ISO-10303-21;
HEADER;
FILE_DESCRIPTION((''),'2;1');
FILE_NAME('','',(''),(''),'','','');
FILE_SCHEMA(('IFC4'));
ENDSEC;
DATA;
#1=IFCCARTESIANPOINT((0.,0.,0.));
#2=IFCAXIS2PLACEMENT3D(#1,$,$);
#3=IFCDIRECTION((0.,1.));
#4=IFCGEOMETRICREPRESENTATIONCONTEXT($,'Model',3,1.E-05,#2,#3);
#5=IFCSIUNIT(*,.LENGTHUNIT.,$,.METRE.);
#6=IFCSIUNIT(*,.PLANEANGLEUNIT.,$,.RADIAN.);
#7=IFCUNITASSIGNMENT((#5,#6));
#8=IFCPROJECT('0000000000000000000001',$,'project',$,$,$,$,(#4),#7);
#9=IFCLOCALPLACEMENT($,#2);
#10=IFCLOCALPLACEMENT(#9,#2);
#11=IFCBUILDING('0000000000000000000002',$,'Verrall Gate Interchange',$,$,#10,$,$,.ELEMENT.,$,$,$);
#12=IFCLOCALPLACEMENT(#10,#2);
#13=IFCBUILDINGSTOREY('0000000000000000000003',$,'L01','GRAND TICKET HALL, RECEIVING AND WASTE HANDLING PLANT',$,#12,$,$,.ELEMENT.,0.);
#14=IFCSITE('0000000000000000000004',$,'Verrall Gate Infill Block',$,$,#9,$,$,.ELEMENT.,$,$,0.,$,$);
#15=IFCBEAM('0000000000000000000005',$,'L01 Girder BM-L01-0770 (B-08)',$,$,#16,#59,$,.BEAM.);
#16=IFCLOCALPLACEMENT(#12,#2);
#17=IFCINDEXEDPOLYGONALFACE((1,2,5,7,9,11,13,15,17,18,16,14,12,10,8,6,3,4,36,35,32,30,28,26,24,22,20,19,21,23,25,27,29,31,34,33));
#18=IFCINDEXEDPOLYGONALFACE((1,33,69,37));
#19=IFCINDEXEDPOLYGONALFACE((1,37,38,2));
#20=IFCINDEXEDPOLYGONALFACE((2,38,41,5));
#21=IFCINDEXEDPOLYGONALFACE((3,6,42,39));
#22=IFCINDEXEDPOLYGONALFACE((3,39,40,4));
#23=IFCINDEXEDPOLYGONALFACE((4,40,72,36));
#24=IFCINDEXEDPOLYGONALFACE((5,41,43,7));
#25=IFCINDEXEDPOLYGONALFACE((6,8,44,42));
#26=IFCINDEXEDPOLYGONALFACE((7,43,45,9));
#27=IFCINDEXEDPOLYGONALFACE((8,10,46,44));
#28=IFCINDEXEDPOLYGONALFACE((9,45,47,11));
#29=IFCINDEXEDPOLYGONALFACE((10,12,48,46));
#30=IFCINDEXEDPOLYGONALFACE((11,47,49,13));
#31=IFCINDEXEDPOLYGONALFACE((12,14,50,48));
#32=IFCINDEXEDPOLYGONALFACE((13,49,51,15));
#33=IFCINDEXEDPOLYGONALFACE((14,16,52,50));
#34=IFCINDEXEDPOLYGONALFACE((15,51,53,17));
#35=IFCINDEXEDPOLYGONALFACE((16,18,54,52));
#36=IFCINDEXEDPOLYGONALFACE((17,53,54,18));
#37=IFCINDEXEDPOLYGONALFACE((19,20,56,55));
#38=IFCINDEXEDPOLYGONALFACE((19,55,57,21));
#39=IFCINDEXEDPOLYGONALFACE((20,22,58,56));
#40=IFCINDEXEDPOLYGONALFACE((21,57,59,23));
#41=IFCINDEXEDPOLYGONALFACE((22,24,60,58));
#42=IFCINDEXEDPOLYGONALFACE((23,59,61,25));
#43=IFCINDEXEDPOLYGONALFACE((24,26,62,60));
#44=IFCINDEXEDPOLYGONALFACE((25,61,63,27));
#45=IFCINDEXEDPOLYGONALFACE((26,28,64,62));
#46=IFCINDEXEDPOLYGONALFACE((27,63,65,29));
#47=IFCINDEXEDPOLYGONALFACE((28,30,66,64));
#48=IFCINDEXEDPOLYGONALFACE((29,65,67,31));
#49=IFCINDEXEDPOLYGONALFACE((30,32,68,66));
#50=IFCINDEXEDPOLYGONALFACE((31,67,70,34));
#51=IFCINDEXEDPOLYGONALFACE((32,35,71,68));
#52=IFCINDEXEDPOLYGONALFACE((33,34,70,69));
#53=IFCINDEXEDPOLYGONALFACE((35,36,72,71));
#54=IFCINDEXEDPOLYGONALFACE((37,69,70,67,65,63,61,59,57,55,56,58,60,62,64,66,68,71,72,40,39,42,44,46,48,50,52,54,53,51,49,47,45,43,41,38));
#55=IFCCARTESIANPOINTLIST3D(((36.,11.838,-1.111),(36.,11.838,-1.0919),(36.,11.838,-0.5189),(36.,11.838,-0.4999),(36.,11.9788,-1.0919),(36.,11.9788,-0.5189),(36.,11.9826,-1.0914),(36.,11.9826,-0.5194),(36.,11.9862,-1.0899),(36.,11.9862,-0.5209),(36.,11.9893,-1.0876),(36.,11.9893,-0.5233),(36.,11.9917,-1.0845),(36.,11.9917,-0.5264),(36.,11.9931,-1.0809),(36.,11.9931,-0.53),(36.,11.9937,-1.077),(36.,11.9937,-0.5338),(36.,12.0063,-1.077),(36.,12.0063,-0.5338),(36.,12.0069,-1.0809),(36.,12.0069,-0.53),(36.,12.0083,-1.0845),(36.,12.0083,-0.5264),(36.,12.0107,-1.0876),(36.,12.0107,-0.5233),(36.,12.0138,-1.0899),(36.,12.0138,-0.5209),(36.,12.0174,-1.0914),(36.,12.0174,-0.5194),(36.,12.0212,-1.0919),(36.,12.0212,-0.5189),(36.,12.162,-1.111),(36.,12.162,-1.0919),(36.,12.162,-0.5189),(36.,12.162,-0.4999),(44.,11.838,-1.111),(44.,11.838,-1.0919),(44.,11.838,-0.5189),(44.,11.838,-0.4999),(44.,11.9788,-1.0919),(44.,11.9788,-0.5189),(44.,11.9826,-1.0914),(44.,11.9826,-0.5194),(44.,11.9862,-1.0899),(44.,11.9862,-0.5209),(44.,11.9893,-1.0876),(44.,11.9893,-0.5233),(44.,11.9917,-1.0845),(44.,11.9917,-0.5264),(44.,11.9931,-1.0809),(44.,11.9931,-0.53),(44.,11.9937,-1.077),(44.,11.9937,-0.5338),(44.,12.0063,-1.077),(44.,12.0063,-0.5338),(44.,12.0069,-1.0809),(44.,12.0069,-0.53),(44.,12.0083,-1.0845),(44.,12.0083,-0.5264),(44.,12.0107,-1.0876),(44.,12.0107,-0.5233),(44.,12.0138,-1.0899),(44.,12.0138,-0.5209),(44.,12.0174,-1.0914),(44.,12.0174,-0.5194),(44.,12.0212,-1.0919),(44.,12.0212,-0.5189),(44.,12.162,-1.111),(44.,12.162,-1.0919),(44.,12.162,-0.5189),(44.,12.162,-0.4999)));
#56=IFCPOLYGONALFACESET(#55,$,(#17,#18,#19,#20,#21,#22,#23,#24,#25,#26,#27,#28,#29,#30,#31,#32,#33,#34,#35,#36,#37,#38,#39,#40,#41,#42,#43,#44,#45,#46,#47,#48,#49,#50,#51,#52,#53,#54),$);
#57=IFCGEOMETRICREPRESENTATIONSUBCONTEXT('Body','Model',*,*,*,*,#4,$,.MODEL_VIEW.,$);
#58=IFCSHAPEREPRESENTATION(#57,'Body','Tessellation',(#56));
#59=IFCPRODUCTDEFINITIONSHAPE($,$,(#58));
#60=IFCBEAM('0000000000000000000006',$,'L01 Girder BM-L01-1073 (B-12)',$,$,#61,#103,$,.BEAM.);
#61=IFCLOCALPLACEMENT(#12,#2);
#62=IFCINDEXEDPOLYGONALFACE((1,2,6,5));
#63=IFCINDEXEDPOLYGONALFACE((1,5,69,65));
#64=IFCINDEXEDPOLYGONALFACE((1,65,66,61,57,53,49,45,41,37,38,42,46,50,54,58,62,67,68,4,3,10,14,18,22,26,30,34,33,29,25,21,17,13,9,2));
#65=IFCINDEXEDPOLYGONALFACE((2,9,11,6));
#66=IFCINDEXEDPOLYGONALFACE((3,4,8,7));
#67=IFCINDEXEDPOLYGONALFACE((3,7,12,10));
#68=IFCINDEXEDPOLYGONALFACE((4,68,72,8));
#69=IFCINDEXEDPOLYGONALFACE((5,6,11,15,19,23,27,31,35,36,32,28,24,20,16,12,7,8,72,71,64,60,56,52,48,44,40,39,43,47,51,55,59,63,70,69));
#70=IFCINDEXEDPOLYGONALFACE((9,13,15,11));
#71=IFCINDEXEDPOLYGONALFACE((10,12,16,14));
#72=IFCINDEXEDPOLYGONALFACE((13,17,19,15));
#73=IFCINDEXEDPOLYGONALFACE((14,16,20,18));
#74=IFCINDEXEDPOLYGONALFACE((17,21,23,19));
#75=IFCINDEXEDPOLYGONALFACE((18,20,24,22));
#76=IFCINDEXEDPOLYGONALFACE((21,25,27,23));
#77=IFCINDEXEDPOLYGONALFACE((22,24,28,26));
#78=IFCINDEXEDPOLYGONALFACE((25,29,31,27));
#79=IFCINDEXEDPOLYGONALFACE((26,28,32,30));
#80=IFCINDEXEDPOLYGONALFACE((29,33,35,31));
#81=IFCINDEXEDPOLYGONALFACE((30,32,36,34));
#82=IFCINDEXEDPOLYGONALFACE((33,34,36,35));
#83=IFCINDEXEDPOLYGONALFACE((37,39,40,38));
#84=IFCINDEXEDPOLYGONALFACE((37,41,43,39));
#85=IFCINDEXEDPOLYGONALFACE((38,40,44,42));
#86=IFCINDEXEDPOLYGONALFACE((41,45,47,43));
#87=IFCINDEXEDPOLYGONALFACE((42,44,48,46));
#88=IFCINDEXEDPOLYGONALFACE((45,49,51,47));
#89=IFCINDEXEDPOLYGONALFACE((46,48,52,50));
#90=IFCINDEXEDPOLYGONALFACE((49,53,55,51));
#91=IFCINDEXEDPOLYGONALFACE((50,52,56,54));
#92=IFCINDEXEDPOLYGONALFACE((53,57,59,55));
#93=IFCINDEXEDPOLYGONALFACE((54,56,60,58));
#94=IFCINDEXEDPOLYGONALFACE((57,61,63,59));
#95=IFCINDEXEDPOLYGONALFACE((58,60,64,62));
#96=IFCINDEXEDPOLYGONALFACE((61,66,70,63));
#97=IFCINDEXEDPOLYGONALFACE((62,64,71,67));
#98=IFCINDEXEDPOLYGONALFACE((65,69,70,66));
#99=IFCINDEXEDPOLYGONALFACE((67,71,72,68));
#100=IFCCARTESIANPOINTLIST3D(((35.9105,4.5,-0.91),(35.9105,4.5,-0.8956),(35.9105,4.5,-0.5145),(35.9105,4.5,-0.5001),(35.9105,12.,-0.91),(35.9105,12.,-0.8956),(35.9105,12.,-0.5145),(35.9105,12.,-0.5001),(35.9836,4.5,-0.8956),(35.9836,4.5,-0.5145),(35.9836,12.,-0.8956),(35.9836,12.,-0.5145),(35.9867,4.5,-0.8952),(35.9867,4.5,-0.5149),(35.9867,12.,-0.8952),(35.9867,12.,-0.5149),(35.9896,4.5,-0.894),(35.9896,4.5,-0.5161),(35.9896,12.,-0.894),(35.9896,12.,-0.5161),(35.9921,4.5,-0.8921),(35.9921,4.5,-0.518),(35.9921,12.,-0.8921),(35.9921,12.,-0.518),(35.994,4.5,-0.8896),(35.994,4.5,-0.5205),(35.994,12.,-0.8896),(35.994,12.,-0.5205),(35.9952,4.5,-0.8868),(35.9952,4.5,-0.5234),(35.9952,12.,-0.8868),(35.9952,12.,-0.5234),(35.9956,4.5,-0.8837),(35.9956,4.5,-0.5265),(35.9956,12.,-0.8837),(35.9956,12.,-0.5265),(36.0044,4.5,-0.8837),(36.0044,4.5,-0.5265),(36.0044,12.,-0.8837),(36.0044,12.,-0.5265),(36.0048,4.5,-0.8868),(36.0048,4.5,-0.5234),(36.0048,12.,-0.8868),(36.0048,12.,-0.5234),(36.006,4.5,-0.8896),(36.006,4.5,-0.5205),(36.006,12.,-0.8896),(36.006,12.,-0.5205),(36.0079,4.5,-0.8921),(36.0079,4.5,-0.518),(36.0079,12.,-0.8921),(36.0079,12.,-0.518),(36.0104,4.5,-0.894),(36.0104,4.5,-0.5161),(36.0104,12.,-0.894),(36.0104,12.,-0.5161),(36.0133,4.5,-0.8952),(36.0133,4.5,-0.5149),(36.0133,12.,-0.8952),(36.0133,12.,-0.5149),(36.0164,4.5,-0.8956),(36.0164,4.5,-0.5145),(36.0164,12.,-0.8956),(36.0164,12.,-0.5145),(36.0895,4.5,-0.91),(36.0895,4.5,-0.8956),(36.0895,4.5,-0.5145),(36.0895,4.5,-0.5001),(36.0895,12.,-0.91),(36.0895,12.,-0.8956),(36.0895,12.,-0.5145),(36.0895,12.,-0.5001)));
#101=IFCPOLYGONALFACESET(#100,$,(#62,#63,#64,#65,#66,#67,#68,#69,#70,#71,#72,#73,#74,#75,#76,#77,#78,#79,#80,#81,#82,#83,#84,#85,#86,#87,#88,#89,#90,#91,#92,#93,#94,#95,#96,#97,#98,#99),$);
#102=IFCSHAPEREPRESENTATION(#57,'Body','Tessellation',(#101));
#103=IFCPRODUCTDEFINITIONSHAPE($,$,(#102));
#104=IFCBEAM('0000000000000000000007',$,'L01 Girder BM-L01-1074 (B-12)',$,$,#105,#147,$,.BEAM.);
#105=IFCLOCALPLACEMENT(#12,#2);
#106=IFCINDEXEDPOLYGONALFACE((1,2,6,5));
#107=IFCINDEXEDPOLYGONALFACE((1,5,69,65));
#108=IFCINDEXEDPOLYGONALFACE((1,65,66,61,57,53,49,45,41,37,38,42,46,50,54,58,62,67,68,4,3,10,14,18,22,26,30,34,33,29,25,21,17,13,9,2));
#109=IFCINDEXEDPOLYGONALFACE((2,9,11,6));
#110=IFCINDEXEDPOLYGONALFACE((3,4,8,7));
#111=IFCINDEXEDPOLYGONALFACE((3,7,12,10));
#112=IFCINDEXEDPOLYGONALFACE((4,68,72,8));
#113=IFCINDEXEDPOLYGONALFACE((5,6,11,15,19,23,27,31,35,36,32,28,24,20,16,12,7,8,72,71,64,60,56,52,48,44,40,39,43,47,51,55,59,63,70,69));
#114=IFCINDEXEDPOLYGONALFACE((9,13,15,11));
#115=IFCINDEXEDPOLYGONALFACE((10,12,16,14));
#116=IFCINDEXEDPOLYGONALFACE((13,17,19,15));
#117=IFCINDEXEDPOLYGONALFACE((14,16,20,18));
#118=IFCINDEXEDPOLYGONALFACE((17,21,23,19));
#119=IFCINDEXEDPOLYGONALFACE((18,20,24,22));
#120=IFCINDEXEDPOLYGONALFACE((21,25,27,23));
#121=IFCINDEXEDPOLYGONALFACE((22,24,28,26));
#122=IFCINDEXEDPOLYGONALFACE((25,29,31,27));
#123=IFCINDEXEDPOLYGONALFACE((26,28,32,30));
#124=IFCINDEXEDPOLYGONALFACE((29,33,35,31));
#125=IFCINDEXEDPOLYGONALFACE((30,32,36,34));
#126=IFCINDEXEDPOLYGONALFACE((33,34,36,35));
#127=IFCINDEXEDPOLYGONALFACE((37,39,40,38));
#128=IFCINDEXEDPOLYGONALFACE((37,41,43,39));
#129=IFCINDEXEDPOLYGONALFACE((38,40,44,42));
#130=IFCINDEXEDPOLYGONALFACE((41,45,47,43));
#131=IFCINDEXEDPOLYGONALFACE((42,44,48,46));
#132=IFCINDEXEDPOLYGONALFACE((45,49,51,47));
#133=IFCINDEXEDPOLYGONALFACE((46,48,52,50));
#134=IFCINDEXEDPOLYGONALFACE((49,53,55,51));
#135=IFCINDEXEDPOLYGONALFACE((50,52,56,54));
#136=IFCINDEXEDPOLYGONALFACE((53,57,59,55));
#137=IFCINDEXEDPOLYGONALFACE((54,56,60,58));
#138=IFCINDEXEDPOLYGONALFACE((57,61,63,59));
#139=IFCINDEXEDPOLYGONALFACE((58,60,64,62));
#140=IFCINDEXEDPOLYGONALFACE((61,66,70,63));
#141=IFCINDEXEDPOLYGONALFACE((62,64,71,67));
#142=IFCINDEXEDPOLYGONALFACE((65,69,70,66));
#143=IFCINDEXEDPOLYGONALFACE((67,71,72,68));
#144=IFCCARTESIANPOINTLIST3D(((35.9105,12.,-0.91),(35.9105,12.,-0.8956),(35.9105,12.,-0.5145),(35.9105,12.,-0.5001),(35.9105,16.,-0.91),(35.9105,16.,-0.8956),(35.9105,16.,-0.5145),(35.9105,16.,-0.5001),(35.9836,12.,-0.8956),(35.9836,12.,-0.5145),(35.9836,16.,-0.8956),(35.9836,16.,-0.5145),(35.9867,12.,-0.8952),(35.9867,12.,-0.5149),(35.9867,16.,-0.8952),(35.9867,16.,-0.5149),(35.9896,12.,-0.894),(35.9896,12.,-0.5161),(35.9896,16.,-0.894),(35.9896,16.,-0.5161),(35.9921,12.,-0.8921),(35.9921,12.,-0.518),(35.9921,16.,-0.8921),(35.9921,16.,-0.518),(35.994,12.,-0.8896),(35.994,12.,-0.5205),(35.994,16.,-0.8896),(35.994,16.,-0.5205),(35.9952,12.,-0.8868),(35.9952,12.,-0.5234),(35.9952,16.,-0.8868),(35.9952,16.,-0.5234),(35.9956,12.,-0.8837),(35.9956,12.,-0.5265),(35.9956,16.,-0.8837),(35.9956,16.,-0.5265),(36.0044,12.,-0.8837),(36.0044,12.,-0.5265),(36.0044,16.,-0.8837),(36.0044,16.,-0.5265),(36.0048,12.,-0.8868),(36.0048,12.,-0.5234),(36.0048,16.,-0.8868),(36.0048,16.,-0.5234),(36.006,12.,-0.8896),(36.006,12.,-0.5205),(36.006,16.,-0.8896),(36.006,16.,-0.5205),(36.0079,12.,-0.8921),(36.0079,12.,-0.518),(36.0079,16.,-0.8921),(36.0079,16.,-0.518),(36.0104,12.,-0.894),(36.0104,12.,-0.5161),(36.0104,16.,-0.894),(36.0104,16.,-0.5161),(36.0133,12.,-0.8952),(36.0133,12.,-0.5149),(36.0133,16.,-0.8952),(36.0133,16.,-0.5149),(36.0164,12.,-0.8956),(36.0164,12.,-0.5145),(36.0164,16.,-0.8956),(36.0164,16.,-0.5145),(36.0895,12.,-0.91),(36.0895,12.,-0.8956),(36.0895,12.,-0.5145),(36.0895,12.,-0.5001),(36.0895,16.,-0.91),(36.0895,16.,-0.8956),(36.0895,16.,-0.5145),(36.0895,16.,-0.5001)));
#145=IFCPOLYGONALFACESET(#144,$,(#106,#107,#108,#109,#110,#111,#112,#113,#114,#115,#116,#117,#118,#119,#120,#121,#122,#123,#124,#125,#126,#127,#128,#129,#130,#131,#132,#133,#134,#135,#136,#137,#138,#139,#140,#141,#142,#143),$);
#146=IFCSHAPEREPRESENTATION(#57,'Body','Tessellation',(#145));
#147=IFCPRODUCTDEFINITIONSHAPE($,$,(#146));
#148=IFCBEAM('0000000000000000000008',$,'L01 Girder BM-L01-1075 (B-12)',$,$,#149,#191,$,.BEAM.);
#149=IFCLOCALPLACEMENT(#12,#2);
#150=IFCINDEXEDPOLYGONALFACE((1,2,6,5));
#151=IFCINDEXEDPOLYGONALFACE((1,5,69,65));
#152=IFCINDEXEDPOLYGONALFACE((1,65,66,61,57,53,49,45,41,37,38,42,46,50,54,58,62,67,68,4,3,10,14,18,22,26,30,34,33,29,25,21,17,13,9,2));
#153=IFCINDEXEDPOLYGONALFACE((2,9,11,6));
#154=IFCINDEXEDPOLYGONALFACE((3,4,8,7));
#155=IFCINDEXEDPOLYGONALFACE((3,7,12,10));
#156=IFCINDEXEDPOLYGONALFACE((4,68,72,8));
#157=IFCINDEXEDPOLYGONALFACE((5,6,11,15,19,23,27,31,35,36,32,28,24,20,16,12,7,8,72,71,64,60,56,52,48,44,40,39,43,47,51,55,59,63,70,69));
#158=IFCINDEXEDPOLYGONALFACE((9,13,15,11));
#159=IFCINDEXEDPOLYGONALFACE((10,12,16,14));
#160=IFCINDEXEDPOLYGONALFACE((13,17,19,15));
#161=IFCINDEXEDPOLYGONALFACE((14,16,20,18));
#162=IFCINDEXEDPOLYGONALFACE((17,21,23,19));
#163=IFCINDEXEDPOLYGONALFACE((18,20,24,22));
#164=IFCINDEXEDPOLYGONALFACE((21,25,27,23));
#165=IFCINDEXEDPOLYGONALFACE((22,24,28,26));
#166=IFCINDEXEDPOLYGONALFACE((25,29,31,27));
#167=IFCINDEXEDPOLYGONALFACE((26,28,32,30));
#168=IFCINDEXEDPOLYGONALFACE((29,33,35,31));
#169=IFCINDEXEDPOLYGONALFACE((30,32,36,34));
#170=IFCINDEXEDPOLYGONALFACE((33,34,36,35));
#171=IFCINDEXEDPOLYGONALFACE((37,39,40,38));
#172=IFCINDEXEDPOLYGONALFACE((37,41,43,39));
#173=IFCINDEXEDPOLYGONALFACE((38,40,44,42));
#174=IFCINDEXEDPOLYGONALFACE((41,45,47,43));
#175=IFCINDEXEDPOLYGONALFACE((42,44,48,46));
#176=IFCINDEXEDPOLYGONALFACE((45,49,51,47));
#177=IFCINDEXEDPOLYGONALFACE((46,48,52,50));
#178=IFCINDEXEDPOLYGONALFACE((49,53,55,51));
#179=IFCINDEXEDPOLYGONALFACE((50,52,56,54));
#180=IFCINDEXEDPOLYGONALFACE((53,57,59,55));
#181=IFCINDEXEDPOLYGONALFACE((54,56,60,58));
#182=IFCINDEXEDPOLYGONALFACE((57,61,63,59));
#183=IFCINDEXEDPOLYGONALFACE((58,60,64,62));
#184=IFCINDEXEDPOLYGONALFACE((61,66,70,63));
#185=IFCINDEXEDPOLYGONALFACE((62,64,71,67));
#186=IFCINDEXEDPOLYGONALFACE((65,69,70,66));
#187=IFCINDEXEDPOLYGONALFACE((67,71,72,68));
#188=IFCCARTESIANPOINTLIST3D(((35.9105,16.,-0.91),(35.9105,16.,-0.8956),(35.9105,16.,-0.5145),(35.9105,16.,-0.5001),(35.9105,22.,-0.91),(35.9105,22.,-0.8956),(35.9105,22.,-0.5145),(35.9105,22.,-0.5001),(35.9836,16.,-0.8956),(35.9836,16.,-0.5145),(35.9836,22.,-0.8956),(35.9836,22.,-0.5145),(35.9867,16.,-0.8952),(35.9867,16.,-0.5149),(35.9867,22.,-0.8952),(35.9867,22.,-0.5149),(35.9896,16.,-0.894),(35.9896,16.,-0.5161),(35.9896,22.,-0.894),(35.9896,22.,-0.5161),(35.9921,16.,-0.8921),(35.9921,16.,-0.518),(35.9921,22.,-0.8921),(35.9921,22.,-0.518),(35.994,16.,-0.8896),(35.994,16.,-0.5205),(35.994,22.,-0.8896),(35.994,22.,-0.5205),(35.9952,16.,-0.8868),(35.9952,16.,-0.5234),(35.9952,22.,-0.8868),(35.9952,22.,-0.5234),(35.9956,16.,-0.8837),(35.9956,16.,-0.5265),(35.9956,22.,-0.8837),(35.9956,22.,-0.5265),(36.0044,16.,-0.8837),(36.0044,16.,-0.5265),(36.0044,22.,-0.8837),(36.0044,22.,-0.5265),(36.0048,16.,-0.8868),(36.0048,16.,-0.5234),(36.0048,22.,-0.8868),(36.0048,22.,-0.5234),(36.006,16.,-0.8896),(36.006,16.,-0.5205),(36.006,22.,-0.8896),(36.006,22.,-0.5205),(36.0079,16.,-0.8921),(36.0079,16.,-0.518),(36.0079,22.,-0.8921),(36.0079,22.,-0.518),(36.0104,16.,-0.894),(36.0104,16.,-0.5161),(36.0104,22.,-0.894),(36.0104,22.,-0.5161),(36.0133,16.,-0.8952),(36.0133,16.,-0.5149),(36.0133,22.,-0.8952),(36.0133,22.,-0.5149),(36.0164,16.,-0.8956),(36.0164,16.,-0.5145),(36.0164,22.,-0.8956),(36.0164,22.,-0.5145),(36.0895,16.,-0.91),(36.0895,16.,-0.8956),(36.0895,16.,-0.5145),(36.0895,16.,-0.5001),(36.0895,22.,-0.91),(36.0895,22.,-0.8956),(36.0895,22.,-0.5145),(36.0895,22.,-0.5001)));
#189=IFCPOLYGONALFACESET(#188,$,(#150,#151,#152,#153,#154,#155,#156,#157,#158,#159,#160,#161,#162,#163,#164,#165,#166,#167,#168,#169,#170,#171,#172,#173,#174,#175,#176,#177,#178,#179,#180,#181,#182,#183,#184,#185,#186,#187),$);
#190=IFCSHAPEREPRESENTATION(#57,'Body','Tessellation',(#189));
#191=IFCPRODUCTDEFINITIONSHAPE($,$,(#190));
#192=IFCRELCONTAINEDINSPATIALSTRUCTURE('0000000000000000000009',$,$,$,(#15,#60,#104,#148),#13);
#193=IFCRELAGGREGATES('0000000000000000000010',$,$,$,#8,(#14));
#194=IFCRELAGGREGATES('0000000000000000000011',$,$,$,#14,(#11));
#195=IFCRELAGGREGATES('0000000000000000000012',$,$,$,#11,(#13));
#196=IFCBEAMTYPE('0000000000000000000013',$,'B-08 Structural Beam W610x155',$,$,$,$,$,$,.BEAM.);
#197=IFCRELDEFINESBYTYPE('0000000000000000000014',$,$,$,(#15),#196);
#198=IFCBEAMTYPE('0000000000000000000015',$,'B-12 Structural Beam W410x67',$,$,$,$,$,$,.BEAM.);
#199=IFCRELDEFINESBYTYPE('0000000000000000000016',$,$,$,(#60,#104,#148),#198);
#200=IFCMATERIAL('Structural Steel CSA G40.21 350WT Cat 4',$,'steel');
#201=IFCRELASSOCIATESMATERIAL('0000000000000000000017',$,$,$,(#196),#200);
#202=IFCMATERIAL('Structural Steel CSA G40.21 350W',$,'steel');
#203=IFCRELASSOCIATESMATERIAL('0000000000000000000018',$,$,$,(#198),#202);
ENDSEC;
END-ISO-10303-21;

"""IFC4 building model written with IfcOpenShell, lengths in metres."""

from ifc_helpers import new_model, si_unit, direction, frame, origin, origin_2d, place, context, subcontext, project, spatial, i_section, extrude, material, material_profile, profile_set, type_object, element, save


model = new_model("IFC4")

# Units and contexts
model_context = context("Model", 3, precision=1e-05, world=origin(), true_north=direction((0.0, 1.0)))
body_context = subcontext(model_context, "Body", "Model", "MODEL_VIEW")
ifc_project = project(units=[si_unit("LENGTHUNIT", "METRE"), si_unit("PLANEANGLEUNIT", "RADIAN")], contexts=[model_context])

# Site, building, storey
site_placement = place(None, origin())
site = spatial("IfcSite", under=ifc_project, at=site_placement, Name="Verrall Gate Infill Block", CompositionType="ELEMENT", RefElevation=0.0)
building_placement = place(site_placement, origin())
building = spatial("IfcBuilding", under=site, at=building_placement, Name="Verrall Gate Interchange", CompositionType="ELEMENT")
storey_placement = place(building_placement, origin())
storey = spatial("IfcBuildingStorey", under=building, at=storey_placement, Name="L01", Description="GRAND TICKET HALL, RECEIVING AND WASTE HANDLING PLANT", CompositionType="ELEMENT", Elevation=0.0)

# Beams
ifc_material_1 = material(Name="Structural Steel CSA G40.21 350WT Cat 4", Category="steel")
ifc_material_profile_1 = material_profile(ifc_material_1, i_section(OverallWidth=0.324, OverallDepth=0.6111, WebThickness=0.0127, FlangeThickness=0.019, FilletRadius=0.0149, at=origin_2d()), Name="W610x155")
ifc_profile_set_1 = profile_set([ifc_material_profile_1], Name="Structural Steel CSA G40.21 350WT Cat 4")
beam_type_1 = type_object("IfcBeamType", Name="B-08 Structural Beam W610x155", PredefinedType="BEAM", material=ifc_profile_set_1)
for number, where, z_axis, x_axis, name in (
    (1, (36.0, 12.0, -0.8054), (1.0, 0.0, 0.0), (0.0, 1.0, 0.0), "L01 Girder BM-L01-0770 (B-08)"),
):
    element("IfcBeam", number, at=place(storey_placement, frame(where, z_axis=z_axis, x_axis=x_axis)), inside=storey, type_object=beam_type_1, Name=name, PredefinedType="BEAM", context=body_context, shape_type="SweptSolid", body=[
        extrude(i_section(OverallWidth=0.324, OverallDepth=0.6111, WebThickness=0.0127, FlangeThickness=0.019, FilletRadius=0.0149, at=origin_2d()), origin(), (0.0, 0.0, 1.0), 8.0),
    ])
ifc_material_2 = material(Name="Structural Steel CSA G40.21 350W", Category="steel")
ifc_material_profile_2 = material_profile(ifc_material_2, i_section(OverallWidth=0.179, OverallDepth=0.4099, WebThickness=0.0088, FlangeThickness=0.0144, FilletRadius=0.012, at=origin_2d()), Name="W410x67")
ifc_profile_set_2 = profile_set([ifc_material_profile_2], Name="Structural Steel CSA G40.21 350W")
beam_type_2 = type_object("IfcBeamType", Name="B-12 Structural Beam W410x67", PredefinedType="BEAM", material=ifc_profile_set_2)
beam_1_placement = place(storey_placement, frame((36.0, 4.5, -0.7051), z_axis=(0.0, 1.0, 0.0), x_axis=(-1.0, 0.0, 0.0)))
element("IfcBeam", 2, at=beam_1_placement, inside=storey, type_object=beam_type_2, Name="L01 Girder BM-L01-1073 (B-12)", PredefinedType="BEAM", context=body_context, shape_type="SweptSolid", body=[
    extrude(i_section(OverallWidth=0.179, OverallDepth=0.4099, WebThickness=0.0088, FlangeThickness=0.0144, FilletRadius=0.012, at=origin_2d()), origin(), (0.0, 0.0, 1.0), 7.5),
])
beam_2_placement = place(storey_placement, frame((36.0, 12.0, -0.7051), z_axis=(0.0, 1.0, 0.0), x_axis=(-1.0, 0.0, 0.0)))
element("IfcBeam", 3, at=beam_2_placement, inside=storey, type_object=beam_type_2, Name="L01 Girder BM-L01-1074 (B-12)", PredefinedType="BEAM", context=body_context, shape_type="SweptSolid", body=[
    extrude(i_section(OverallWidth=0.179, OverallDepth=0.4099, WebThickness=0.0088, FlangeThickness=0.0144, FilletRadius=0.012, at=origin_2d()), origin(), (0.0, 0.0, 1.0), 4.0),
])
beam_3_placement = place(storey_placement, frame((36.0, 16.0, -0.7051), z_axis=(0.0, 1.0, 0.0), x_axis=(-1.0, 0.0, 0.0)))
element("IfcBeam", 4, at=beam_3_placement, inside=storey, type_object=beam_type_2, Name="L01 Girder BM-L01-1075 (B-12)", PredefinedType="BEAM", context=body_context, shape_type="SweptSolid", body=[
    extrude(i_section(OverallWidth=0.179, OverallDepth=0.4099, WebThickness=0.0088, FlangeThickness=0.0144, FilletRadius=0.012, at=origin_2d()), origin(), (0.0, 0.0, 1.0), 6.0),
])

save(model, "model.ifc")
